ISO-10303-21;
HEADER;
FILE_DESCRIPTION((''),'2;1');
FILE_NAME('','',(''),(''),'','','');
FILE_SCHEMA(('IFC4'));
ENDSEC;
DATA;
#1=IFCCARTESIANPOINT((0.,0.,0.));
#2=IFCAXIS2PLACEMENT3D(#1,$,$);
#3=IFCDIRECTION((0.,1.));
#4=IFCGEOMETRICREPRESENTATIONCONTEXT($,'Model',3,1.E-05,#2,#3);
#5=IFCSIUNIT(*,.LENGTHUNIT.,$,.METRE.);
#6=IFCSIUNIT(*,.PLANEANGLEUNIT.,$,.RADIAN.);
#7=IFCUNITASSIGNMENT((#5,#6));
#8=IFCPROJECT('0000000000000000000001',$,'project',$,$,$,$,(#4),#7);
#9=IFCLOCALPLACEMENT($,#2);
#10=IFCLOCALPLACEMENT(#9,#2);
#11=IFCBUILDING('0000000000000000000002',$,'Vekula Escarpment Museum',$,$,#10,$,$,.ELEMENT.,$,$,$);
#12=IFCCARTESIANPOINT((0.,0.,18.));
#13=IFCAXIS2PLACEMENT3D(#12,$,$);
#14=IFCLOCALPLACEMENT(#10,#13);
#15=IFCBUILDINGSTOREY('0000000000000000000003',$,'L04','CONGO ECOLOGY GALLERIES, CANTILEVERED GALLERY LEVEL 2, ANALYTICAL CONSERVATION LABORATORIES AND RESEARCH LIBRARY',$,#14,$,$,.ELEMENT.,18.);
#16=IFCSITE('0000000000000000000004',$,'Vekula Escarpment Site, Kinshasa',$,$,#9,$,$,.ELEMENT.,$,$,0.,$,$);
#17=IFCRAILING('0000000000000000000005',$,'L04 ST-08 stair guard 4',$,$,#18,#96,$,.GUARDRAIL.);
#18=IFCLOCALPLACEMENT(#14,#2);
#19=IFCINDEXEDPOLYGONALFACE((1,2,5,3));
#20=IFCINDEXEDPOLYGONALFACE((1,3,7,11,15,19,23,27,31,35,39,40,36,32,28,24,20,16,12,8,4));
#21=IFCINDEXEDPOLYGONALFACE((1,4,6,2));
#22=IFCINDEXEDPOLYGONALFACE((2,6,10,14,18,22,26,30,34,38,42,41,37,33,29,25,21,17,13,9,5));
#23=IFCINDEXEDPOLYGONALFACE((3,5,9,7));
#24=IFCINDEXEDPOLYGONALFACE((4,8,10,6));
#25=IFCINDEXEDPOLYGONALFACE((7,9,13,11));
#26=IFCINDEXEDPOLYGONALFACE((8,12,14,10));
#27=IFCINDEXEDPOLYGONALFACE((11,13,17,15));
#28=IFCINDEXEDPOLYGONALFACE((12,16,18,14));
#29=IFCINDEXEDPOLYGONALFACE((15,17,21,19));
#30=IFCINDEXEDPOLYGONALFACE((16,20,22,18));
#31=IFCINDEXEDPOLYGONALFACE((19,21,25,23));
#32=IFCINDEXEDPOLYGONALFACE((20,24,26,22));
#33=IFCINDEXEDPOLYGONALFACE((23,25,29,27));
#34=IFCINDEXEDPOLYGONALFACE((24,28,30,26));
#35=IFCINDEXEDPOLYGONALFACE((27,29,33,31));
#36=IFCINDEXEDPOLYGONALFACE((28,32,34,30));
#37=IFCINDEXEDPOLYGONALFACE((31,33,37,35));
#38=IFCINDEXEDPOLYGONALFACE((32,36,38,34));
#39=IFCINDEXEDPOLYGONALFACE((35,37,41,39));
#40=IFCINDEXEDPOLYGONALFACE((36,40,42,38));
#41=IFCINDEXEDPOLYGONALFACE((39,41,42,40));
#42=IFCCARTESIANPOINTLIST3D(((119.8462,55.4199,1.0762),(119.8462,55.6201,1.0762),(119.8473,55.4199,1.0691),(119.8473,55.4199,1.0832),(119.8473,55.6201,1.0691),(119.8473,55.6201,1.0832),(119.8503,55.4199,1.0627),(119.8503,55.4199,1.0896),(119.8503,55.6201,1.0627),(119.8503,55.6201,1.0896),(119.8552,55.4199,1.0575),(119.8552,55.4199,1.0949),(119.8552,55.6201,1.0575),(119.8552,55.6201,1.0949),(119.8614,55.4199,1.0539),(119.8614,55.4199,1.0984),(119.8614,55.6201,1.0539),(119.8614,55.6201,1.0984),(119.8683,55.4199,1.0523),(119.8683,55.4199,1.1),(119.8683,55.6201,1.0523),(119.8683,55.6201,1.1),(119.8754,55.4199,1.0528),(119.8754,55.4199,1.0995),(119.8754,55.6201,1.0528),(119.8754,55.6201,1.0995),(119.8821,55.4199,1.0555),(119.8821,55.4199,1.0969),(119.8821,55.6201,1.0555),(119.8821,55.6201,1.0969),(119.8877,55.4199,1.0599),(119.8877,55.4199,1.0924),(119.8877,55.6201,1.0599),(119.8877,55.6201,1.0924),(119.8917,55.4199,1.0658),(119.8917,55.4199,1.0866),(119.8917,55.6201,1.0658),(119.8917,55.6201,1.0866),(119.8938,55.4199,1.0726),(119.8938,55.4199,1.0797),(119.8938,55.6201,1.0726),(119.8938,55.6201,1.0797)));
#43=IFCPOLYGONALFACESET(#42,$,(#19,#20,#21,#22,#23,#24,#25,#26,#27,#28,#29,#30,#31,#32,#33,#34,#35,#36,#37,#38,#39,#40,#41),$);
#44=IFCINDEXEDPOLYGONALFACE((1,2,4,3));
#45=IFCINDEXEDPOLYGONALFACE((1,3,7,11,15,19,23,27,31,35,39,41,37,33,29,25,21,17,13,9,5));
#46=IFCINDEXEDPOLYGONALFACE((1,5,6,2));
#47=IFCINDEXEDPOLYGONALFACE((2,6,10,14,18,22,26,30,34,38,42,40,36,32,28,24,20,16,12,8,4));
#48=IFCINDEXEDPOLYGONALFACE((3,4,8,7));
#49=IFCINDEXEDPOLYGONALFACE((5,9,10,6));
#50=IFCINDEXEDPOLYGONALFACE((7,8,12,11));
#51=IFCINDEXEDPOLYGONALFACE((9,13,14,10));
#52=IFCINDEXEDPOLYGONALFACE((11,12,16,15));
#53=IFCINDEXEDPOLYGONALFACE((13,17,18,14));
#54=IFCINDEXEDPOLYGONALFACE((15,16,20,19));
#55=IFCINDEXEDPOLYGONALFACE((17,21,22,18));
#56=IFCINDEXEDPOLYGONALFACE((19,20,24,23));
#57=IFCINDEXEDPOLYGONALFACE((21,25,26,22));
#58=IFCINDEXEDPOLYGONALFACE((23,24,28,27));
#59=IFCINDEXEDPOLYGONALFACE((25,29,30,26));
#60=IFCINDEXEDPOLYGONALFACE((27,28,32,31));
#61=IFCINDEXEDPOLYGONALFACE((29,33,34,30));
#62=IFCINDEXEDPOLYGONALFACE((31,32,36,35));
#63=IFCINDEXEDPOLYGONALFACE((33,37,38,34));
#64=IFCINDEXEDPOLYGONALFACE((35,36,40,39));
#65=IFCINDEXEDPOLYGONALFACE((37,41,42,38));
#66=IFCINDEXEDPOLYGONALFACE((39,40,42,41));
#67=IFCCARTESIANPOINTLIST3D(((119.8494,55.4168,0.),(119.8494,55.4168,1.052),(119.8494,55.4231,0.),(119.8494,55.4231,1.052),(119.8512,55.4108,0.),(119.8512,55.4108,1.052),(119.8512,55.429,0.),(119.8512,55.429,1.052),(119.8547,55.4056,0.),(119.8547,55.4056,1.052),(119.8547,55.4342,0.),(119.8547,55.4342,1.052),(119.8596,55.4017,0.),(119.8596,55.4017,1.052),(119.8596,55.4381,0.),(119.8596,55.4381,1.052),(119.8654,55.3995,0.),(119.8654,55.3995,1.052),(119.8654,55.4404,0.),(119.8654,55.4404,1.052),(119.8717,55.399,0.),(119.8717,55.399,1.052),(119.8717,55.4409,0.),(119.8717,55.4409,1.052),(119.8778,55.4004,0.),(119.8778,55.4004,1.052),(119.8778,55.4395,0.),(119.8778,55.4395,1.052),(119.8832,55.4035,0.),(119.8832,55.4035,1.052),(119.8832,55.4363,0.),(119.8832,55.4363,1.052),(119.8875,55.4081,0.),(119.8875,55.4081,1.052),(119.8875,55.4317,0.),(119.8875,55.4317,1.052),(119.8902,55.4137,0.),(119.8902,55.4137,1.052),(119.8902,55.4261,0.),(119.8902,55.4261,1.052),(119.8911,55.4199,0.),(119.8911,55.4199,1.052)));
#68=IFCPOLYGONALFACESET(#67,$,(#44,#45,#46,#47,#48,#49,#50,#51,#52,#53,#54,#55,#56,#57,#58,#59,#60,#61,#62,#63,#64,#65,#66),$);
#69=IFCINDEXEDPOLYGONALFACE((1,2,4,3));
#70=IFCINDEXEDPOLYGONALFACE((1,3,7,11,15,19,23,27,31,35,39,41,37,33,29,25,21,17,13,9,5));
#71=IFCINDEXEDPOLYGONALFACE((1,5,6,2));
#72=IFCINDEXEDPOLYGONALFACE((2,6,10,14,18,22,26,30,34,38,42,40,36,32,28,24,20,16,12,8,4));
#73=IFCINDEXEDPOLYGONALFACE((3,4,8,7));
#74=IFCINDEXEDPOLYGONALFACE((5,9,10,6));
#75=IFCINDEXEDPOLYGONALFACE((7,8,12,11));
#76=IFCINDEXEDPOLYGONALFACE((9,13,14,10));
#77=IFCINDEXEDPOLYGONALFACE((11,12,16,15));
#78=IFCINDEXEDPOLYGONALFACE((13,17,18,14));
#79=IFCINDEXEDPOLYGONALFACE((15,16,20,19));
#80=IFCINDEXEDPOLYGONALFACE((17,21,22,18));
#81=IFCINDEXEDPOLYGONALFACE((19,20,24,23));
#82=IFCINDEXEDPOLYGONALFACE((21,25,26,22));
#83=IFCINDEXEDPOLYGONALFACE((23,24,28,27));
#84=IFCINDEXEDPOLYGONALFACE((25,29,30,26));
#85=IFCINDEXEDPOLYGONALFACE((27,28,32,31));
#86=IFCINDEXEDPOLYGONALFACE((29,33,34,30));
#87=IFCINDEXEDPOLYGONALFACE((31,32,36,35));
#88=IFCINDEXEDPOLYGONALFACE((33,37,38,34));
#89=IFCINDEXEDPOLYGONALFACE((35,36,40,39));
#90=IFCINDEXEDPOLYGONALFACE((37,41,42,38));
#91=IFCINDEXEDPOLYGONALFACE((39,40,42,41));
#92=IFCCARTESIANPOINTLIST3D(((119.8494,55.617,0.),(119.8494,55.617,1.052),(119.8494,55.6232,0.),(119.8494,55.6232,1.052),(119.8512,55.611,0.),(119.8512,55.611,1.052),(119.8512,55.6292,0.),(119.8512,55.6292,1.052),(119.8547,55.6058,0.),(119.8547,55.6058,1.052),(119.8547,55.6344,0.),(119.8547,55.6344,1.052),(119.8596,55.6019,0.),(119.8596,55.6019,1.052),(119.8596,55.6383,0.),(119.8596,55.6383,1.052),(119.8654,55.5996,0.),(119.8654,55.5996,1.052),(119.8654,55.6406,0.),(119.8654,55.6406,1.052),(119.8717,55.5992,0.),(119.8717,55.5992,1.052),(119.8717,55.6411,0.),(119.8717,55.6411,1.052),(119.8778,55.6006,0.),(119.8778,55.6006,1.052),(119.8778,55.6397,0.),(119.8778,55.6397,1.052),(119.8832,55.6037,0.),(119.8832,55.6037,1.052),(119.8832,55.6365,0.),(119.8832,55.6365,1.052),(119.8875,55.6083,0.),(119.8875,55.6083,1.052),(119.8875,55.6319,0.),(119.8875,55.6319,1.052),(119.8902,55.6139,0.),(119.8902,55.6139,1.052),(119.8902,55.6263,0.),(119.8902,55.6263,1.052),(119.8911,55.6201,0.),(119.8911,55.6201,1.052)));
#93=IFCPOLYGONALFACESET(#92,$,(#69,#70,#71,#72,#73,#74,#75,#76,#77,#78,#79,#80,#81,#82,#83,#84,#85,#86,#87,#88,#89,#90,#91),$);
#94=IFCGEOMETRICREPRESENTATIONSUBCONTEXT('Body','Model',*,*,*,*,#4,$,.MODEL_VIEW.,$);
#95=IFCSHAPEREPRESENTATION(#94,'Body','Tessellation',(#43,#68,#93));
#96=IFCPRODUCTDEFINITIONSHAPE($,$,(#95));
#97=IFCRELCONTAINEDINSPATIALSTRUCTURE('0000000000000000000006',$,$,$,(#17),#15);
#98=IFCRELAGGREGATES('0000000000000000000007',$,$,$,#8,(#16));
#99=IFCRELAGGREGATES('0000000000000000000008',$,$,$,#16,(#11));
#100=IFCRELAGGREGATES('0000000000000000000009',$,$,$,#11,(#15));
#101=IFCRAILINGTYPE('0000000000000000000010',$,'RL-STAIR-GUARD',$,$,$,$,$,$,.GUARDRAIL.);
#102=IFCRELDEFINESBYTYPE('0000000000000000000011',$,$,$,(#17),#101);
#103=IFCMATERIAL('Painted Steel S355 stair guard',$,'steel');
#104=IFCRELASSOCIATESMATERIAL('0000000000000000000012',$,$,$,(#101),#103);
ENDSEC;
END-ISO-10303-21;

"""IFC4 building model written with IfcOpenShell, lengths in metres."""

from ifc_helpers import new_model, si_unit, direction, frame, origin, origin_2d, place, context, subcontext, project, spatial, circle, extrude, material, type_object, element, save


model = new_model("IFC4")

# Units and contexts
model_context = context("Model", 3, precision=1e-05, world=origin(), true_north=direction((0.0, 1.0)))
body_context = subcontext(model_context, "Body", "Model", "MODEL_VIEW")
ifc_project = project(units=[si_unit("LENGTHUNIT", "METRE"), si_unit("PLANEANGLEUNIT", "RADIAN")], contexts=[model_context])

# Site, building, storey
site_placement = place(None, origin())
site = spatial("IfcSite", under=ifc_project, at=site_placement, Name="Vekula Escarpment Site, Kinshasa", CompositionType="ELEMENT", RefElevation=0.0)
building_placement = place(site_placement, origin())
building = spatial("IfcBuilding", under=site, at=building_placement, Name="Vekula Escarpment Museum", CompositionType="ELEMENT")
storey_placement = place(building_placement, frame((0.0, 0.0, 18.0)))
storey = spatial("IfcBuildingStorey", under=building, at=storey_placement, Name="L04", Description="CONGO ECOLOGY GALLERIES, CANTILEVERED GALLERY LEVEL 2, ANALYTICAL CONSERVATION LABORATORIES AND RESEARCH LIBRARY", CompositionType="ELEMENT", Elevation=18.0)

# Railing
ifc_material_1 = material(Name="Painted Steel S355 stair guard", Category="steel")
railing_type_1 = type_object("IfcRailingType", Name="RL-STAIR-GUARD", PredefinedType="GUARDRAIL", material=ifc_material_1)
railing_1_placement = place(storey_placement, frame((119.8701, 55.4199, 0.0)))
element("IfcRailing", 1, at=railing_1_placement, inside=storey, type_object=railing_type_1, Name="L04 ST-08 stair guard 4", PredefinedType="GUARDRAIL", context=body_context, shape_type="SweptSolid", body=[
    extrude(circle(Radius=0.0239, at=origin_2d()), frame((0.0, 0.0, 1.0762), z_axis=(0.0, 1.0, 0.0), x_axis=(-1.0, 0.0, 0.0)), (0.0, 0.0, 1.0), 0.2002),
    extrude(circle(Radius=0.021, at=origin_2d()), origin(), (0.0, 0.0, 1.0), 1.052),
    extrude(circle(Radius=0.021, at=origin_2d()), frame((0.0, 0.2002, 0.0)), (0.0, 0.0, 1.0), 1.052),
])

save(model, "model.ifc")
